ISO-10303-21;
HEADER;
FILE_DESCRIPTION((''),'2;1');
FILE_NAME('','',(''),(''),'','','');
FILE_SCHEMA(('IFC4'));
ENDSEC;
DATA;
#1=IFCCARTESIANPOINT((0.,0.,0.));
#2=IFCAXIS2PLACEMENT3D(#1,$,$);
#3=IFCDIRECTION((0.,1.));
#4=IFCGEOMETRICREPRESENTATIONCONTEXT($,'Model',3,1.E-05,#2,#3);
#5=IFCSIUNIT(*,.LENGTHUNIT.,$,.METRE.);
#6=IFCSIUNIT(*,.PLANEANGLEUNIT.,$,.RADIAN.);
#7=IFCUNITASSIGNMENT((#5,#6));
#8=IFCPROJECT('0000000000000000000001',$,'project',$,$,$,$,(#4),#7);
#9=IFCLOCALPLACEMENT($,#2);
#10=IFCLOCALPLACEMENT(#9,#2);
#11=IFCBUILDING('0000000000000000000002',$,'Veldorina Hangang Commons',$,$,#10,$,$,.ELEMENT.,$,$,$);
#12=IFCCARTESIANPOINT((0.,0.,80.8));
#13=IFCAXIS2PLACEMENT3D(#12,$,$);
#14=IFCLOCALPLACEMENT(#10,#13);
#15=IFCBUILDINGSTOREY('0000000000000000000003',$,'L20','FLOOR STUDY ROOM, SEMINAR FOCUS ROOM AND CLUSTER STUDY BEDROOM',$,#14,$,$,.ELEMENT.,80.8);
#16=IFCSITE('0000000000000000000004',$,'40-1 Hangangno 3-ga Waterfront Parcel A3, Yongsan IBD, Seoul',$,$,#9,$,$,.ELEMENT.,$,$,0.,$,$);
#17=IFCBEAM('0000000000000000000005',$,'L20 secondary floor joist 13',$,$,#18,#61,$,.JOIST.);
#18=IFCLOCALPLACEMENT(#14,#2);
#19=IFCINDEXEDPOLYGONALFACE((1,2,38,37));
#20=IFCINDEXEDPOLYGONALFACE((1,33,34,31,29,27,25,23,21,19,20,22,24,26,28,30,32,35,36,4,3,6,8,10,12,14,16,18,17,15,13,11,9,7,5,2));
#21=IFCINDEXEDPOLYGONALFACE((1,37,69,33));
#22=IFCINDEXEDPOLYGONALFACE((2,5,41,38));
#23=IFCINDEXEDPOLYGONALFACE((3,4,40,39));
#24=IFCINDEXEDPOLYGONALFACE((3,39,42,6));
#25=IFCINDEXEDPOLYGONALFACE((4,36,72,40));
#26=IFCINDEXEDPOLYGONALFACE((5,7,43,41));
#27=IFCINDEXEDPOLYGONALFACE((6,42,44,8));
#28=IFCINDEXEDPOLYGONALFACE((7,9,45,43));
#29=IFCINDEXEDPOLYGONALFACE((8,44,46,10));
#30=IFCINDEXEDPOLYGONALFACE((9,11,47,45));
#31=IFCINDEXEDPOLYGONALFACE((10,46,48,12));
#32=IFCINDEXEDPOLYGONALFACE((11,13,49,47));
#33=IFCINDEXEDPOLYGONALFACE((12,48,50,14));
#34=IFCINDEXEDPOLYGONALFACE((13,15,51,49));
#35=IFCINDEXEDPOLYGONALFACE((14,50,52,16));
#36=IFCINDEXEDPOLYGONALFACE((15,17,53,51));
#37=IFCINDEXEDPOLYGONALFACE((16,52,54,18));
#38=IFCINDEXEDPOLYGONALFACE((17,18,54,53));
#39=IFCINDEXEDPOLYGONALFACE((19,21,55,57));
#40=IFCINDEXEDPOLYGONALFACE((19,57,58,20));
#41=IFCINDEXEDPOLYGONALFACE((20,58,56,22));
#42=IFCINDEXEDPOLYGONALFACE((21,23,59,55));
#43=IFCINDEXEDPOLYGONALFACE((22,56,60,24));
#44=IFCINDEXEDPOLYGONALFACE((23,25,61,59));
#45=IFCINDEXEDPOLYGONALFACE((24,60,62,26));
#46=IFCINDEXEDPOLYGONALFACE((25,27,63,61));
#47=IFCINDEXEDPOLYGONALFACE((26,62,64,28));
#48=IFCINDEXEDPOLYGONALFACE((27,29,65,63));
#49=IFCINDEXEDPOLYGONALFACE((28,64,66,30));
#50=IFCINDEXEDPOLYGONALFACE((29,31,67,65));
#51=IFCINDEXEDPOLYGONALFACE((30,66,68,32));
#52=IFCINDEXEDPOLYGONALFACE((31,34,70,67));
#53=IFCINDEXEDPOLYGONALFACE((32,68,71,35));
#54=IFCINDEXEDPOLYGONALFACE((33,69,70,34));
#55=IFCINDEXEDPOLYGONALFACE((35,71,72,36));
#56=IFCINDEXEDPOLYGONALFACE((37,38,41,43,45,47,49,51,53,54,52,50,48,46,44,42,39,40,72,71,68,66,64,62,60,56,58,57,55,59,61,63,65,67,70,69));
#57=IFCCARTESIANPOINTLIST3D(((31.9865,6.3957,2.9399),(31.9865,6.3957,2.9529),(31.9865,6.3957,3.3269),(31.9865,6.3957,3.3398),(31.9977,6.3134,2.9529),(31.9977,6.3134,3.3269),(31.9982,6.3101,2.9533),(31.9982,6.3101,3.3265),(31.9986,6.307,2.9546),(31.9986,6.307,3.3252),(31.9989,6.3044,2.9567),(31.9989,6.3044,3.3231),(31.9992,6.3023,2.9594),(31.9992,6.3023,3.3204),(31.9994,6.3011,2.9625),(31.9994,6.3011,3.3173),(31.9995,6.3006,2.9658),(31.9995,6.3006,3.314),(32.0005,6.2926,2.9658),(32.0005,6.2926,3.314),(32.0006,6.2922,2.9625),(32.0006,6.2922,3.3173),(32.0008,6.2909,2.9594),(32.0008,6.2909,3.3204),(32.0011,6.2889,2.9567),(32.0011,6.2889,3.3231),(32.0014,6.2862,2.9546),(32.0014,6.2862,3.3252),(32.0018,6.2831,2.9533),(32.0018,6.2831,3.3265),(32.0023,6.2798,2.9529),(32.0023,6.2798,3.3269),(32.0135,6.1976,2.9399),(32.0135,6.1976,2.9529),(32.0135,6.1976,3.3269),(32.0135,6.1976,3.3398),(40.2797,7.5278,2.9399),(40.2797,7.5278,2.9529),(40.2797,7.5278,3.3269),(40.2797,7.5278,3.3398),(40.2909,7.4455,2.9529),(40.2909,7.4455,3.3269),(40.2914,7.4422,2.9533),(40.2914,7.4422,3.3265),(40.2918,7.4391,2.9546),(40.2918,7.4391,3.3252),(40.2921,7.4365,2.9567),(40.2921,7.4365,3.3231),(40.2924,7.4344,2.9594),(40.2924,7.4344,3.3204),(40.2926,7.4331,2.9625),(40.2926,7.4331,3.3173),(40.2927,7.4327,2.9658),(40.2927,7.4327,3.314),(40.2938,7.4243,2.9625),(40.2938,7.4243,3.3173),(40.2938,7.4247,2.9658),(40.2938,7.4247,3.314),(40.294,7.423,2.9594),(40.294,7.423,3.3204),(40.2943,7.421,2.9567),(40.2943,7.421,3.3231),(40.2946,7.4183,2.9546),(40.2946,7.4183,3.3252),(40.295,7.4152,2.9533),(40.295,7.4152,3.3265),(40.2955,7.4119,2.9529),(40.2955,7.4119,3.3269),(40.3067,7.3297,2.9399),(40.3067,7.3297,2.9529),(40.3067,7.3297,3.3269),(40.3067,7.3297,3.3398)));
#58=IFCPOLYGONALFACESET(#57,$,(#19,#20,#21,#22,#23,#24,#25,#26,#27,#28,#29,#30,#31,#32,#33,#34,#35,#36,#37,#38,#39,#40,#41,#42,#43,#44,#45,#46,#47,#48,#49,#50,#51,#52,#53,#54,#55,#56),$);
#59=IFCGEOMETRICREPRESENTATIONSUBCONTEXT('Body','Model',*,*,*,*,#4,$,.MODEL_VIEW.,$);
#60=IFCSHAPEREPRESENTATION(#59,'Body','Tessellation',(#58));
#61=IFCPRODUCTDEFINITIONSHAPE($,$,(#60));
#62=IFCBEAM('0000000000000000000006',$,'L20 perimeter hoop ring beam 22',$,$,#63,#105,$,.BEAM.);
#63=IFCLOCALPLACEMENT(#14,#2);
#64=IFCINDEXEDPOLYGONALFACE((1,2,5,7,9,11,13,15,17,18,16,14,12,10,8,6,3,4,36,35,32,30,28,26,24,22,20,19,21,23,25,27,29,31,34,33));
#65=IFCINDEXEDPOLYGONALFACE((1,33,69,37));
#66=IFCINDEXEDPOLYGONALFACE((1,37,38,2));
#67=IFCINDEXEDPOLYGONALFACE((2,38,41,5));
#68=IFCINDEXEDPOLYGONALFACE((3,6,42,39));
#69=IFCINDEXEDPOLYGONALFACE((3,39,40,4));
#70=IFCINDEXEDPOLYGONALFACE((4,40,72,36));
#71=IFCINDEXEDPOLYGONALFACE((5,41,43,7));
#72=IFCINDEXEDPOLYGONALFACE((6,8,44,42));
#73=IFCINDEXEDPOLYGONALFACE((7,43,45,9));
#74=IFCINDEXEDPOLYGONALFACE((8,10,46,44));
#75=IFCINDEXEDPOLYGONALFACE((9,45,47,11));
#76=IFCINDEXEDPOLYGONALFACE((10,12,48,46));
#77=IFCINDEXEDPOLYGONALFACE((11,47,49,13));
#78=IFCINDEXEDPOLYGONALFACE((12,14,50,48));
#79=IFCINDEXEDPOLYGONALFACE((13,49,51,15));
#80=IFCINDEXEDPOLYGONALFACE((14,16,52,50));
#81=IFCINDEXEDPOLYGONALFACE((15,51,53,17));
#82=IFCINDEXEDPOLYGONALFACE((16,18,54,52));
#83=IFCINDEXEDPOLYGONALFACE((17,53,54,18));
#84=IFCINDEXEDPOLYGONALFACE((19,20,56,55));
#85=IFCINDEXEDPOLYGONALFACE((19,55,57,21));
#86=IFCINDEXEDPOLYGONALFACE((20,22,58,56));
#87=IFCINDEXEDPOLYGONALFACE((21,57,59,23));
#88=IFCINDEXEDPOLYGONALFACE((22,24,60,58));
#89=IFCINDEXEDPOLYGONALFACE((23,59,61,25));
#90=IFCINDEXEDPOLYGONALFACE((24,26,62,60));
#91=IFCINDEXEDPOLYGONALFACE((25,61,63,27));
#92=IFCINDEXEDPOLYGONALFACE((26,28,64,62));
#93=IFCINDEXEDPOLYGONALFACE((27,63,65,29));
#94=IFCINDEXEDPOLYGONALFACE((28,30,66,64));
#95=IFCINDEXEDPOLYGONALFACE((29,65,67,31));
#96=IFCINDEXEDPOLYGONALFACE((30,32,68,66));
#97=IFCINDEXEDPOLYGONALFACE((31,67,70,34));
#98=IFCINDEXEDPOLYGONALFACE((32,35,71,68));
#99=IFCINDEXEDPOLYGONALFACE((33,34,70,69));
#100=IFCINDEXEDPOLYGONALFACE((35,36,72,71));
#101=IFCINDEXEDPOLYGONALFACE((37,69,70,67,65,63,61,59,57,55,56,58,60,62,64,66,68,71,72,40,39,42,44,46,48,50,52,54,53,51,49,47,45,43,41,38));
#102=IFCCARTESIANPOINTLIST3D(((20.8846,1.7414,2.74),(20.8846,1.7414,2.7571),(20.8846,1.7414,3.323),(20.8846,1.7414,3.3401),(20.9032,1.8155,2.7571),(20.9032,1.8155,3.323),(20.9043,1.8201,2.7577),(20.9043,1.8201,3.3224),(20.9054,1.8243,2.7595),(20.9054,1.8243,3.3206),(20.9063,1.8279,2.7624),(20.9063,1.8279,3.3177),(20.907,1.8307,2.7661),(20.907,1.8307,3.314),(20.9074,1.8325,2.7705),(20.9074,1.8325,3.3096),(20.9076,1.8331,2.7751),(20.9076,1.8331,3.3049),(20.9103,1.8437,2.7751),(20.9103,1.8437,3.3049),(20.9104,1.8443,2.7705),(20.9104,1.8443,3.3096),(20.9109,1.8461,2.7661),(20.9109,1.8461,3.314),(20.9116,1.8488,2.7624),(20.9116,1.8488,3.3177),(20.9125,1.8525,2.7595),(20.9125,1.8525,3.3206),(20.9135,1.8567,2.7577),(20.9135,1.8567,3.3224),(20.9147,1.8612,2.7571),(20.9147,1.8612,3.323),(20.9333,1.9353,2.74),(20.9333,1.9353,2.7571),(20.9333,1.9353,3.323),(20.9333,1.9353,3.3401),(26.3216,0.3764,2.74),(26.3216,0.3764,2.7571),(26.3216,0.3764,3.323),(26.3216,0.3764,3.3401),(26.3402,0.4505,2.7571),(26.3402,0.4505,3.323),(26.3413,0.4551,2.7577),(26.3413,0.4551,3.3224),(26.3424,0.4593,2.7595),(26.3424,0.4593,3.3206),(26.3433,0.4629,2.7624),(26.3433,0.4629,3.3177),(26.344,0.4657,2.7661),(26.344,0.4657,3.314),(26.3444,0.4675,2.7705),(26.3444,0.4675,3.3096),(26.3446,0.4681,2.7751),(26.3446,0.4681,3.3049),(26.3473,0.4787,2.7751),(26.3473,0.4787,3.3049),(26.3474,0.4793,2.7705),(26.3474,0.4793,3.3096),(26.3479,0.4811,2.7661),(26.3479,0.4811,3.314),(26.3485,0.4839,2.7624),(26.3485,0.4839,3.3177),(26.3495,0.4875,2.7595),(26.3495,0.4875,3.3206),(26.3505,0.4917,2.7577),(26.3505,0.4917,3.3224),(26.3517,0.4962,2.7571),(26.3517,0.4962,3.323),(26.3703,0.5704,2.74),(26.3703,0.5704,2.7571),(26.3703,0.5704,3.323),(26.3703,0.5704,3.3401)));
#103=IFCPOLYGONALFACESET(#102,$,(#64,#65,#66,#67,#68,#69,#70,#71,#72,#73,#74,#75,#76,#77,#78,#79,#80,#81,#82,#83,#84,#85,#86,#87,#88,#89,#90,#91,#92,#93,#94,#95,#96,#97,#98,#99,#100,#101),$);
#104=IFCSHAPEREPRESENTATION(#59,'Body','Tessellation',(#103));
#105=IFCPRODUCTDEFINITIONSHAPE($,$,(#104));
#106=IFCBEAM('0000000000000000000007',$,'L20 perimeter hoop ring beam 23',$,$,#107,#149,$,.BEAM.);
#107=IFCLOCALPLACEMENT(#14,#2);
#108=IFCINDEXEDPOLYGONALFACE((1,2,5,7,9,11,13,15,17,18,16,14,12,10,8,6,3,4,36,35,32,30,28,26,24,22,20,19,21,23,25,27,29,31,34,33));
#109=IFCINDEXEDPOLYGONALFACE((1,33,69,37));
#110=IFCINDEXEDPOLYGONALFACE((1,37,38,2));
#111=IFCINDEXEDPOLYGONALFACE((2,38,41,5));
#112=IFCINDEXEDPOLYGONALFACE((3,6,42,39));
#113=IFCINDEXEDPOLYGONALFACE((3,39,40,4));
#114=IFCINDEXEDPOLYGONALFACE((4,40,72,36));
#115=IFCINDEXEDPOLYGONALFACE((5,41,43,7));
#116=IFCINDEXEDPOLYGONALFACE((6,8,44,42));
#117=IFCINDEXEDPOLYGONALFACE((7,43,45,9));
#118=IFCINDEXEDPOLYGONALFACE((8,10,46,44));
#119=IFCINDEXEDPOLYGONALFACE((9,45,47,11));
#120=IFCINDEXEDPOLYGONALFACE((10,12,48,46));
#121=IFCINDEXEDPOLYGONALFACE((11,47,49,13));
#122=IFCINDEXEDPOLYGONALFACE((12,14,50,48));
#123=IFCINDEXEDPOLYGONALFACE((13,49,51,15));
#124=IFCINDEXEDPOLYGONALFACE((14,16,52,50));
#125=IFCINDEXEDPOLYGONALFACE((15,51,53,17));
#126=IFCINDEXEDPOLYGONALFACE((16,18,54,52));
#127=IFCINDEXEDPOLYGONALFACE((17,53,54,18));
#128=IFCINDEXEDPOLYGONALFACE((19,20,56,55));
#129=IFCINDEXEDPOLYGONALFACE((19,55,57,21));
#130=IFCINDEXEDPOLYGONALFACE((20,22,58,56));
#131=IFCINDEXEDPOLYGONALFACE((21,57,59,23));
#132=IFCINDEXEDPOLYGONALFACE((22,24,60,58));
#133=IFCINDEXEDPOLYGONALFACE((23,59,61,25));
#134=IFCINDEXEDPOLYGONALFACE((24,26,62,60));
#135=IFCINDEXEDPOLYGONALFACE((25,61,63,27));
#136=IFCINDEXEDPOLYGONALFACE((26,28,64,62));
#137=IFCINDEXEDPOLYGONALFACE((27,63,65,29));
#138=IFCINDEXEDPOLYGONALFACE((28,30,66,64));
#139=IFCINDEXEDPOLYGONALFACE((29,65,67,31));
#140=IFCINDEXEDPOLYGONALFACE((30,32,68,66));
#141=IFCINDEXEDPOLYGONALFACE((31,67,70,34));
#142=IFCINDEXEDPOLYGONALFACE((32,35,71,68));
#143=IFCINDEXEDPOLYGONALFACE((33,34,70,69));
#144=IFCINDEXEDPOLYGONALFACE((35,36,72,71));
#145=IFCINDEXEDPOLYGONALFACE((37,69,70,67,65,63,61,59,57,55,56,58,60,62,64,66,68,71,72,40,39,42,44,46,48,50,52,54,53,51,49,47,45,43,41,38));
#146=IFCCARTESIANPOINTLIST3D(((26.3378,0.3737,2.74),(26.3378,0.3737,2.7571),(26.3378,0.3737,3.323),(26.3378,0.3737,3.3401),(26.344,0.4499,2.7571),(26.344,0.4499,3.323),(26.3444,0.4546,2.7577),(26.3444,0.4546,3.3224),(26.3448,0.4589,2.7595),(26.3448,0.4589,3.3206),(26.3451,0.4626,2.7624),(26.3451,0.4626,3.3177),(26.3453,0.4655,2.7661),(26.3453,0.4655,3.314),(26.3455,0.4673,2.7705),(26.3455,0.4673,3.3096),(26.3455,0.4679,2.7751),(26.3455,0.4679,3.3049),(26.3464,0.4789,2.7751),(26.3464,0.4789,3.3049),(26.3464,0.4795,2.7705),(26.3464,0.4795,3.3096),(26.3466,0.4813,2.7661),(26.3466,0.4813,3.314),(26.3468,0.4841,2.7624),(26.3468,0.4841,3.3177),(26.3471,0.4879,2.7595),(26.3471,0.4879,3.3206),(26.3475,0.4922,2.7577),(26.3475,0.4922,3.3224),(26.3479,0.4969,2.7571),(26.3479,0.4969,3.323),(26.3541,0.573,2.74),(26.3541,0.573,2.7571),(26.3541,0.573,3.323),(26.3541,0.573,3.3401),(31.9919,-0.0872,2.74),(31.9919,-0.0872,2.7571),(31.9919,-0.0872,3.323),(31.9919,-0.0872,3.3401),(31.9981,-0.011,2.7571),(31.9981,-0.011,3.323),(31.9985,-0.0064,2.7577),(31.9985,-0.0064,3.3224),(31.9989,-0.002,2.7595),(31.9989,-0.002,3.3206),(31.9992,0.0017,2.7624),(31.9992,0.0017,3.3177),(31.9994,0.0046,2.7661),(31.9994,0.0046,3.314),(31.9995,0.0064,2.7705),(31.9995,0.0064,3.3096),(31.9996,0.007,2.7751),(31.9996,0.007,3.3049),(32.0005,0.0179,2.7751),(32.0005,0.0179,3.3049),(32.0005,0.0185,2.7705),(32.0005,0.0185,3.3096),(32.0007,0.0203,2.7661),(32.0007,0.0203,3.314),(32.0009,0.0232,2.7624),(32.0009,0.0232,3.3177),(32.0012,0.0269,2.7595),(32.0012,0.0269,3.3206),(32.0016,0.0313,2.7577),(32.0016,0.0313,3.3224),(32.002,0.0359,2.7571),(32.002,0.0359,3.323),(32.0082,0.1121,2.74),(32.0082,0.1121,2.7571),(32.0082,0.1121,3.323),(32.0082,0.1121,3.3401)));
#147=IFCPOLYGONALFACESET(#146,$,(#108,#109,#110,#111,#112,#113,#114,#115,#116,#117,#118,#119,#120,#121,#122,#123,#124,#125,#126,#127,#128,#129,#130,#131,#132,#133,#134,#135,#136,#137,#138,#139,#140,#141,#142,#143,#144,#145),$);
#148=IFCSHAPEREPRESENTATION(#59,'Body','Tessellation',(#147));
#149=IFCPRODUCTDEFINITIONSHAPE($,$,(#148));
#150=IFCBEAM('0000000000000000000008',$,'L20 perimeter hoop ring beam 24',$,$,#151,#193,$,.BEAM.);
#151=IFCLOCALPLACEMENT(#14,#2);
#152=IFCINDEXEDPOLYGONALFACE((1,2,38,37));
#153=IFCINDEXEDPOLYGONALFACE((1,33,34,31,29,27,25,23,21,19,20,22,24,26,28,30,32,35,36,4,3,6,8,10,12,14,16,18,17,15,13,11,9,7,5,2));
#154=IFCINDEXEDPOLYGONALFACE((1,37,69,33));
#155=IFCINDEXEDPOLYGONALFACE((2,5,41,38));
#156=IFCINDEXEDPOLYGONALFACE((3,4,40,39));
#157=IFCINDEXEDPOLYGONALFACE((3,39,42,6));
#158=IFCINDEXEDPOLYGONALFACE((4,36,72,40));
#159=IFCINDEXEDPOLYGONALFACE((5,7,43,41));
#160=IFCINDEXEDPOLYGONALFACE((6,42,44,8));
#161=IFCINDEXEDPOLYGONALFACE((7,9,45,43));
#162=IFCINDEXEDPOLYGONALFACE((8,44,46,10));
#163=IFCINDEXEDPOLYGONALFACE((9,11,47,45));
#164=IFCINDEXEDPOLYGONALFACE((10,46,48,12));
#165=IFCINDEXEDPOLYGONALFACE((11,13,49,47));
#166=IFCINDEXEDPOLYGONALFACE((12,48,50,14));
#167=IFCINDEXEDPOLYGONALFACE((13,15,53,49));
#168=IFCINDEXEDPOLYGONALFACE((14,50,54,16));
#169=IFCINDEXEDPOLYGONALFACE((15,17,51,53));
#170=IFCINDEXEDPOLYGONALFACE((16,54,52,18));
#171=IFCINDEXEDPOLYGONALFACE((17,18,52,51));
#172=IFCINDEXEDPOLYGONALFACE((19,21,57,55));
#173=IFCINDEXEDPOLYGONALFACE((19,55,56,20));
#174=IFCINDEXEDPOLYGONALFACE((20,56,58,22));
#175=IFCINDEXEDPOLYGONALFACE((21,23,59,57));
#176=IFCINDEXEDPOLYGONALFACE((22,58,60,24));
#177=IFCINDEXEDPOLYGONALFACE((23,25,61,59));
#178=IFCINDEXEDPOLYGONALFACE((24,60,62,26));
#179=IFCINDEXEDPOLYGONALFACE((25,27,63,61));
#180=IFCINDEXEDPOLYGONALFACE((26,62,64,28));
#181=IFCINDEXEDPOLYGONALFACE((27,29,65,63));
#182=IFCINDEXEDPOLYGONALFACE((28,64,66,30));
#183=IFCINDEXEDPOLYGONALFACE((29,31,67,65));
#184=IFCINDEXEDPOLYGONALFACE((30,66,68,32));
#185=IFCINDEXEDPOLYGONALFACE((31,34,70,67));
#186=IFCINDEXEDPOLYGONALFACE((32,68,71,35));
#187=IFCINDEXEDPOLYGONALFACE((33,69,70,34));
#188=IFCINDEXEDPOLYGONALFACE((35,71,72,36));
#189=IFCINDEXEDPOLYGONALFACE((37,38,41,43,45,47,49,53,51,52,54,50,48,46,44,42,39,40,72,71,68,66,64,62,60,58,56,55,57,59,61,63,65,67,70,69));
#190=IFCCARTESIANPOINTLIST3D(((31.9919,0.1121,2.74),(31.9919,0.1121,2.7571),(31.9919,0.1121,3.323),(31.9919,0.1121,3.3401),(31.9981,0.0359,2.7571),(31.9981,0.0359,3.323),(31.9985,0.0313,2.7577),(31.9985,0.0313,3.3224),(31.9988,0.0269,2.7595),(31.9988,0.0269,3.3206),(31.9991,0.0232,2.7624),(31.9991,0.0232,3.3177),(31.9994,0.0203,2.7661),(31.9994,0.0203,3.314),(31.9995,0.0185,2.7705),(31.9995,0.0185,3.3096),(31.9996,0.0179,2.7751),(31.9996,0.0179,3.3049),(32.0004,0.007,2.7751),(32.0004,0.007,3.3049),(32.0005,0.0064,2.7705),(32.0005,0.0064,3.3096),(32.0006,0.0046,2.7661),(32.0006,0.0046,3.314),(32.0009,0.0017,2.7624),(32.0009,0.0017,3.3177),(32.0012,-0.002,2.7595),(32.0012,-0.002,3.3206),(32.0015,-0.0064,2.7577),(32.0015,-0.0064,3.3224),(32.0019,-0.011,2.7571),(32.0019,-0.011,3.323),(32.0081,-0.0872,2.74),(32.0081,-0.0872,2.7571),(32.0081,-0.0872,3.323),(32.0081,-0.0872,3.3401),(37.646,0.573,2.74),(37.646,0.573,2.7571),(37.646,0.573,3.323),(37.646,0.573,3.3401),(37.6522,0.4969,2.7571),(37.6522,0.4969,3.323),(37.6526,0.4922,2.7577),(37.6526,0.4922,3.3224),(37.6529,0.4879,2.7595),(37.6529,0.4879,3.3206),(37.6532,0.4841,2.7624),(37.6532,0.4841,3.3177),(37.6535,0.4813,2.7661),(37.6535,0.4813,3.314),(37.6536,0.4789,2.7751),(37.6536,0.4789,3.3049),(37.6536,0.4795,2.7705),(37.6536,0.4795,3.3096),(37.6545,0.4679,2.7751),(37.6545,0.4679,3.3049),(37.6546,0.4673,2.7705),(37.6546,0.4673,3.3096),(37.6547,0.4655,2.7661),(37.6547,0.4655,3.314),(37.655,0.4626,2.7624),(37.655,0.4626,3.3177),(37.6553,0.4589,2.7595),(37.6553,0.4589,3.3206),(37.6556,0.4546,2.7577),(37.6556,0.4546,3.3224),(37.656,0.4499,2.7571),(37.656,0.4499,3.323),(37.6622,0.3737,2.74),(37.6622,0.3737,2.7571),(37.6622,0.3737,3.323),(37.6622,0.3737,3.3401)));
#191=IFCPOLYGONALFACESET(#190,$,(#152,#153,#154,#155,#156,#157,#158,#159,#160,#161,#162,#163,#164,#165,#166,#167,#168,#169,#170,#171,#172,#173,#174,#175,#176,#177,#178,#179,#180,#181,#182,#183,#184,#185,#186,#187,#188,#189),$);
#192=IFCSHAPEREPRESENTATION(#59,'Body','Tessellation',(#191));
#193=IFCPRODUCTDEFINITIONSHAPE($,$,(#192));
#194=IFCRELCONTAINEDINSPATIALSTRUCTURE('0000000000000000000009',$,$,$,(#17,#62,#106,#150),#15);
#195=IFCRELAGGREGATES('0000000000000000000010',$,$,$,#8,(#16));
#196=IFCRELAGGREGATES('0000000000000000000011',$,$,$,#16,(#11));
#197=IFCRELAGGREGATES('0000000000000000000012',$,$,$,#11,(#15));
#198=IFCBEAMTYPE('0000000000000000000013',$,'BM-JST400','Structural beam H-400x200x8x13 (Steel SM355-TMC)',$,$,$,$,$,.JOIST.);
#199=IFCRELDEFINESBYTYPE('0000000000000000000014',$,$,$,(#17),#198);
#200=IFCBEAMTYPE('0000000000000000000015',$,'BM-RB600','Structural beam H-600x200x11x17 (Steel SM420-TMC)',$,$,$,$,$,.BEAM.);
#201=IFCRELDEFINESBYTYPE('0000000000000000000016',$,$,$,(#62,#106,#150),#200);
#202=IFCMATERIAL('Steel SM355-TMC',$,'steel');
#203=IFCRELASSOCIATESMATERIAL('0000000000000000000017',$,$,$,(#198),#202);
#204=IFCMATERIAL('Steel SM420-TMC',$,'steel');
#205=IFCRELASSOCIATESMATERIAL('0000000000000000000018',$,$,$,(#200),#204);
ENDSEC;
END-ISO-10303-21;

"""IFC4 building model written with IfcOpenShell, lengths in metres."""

from ifc_helpers import new_model, si_unit, direction, frame, origin, origin_2d, place, context, subcontext, project, spatial, i_section, extrude, material, material_profile, profile_set, type_object, element, save


model = new_model("IFC4")

# Units and contexts
model_context = context("Model", 3, precision=1e-05, world=origin(), true_north=direction((0.0, 1.0)))
body_context = subcontext(model_context, "Body", "Model", "MODEL_VIEW")
ifc_project = project(units=[si_unit("LENGTHUNIT", "METRE"), si_unit("PLANEANGLEUNIT", "RADIAN")], contexts=[model_context])

# Site, building, storey
site_placement = place(None, origin())
site = spatial("IfcSite", under=ifc_project, at=site_placement, Name="40-1 Hangangno 3-ga Waterfront Parcel A3, Yongsan IBD, Seoul", CompositionType="ELEMENT", RefElevation=0.0)
building_placement = place(site_placement, origin())
building = spatial("IfcBuilding", under=site, at=building_placement, Name="Veldorina Hangang Commons", CompositionType="ELEMENT")
storey_placement = place(building_placement, frame((0.0, 0.0, 80.8)))
storey = spatial("IfcBuildingStorey", under=building, at=storey_placement, Name="L20", Description="FLOOR STUDY ROOM, SEMINAR FOCUS ROOM AND CLUSTER STUDY BEDROOM", CompositionType="ELEMENT", Elevation=80.8)

# Beams
ifc_material_1 = material(Name="Steel SM355-TMC", Category="steel")
ifc_material_profile_1 = material_profile(ifc_material_1, i_section(OverallWidth=0.2, OverallDepth=0.3999, WebThickness=0.0081, FlangeThickness=0.0129, FilletRadius=0.0129, at=origin_2d()), Name="H-400x200x8x13")
ifc_profile_set_1 = profile_set([ifc_material_profile_1], Name="Steel SM355-TMC")
beam_type_1 = type_object("IfcBeamType", Name="BM-JST400", Description="Structural beam H-400x200x8x13 (Steel SM355-TMC)", PredefinedType="JOIST", material=ifc_profile_set_1)
beam_1_placement = place(storey_placement, frame((32.0, 6.2966, 3.1399), z_axis=(0.990811, 0.135252, 0.0), x_axis=(-0.135252, 0.990811, 0.0)))
element("IfcBeam", 1, at=beam_1_placement, inside=storey, type_object=beam_type_1, Name="L20 secondary floor joist 13", PredefinedType="JOIST", context=body_context, shape_type="SweptSolid", body=[
    extrude(i_section(OverallWidth=0.2, OverallDepth=0.3999, WebThickness=0.0081, FlangeThickness=0.0129, FilletRadius=0.0129, at=origin_2d()), origin(), (0.0, 0.0, 1.0), 8.3701),
])
ifc_material_2 = material(Name="Steel SM420-TMC", Category="steel")
ifc_material_profile_2 = material_profile(ifc_material_2, i_section(OverallWidth=0.2, OverallDepth=0.6001, WebThickness=0.011, FlangeThickness=0.0171, FilletRadius=0.0181, at=origin_2d()), Name="H-600x200x11x17")
ifc_profile_set_2 = profile_set([ifc_material_profile_2], Name="Steel SM420-TMC")
beam_type_2 = type_object("IfcBeamType", Name="BM-RB600", Description="Structural beam H-600x200x11x17 (Steel SM420-TMC)", PredefinedType="BEAM", material=ifc_profile_set_2)
beam_2_placement = place(storey_placement, frame((20.9089, 1.8384, 3.04), z_axis=(0.969901, -0.243499, 0.0), x_axis=(0.243499, 0.969901, 0.0)))
element("IfcBeam", 2, at=beam_2_placement, inside=storey, type_object=beam_type_2, Name="L20 perimeter hoop ring beam 22", PredefinedType="BEAM", context=body_context, shape_type="SweptSolid", body=[
    extrude(i_section(OverallWidth=0.2, OverallDepth=0.6001, WebThickness=0.011, FlangeThickness=0.0171, FilletRadius=0.0181, at=origin_2d()), origin(), (0.0, 0.0, 1.0), 5.6057),
])
for number, where, z_axis, x_axis, name in (
    (3, (26.3459, 0.4734, 3.04), (0.996693, -0.081254, 0.0), (0.081254, 0.996693, 0.0), "L20 perimeter hoop ring beam 23"),
    (4, (32.0, 0.0125, 3.04), (0.996693, 0.081254, 0.0), (-0.081254, 0.996693, 0.0), "L20 perimeter hoop ring beam 24"),
):
    element("IfcBeam", number, at=place(storey_placement, frame(where, z_axis=z_axis, x_axis=x_axis)), inside=storey, type_object=beam_type_2, Name=name, PredefinedType="BEAM", context=body_context, shape_type="SweptSolid", body=[
        extrude(i_section(OverallWidth=0.2, OverallDepth=0.6001, WebThickness=0.011, FlangeThickness=0.0171, FilletRadius=0.0181, at=origin_2d()), origin(), (0.0, 0.0, 1.0), 5.6729),
    ])

save(model, "model.ifc")
